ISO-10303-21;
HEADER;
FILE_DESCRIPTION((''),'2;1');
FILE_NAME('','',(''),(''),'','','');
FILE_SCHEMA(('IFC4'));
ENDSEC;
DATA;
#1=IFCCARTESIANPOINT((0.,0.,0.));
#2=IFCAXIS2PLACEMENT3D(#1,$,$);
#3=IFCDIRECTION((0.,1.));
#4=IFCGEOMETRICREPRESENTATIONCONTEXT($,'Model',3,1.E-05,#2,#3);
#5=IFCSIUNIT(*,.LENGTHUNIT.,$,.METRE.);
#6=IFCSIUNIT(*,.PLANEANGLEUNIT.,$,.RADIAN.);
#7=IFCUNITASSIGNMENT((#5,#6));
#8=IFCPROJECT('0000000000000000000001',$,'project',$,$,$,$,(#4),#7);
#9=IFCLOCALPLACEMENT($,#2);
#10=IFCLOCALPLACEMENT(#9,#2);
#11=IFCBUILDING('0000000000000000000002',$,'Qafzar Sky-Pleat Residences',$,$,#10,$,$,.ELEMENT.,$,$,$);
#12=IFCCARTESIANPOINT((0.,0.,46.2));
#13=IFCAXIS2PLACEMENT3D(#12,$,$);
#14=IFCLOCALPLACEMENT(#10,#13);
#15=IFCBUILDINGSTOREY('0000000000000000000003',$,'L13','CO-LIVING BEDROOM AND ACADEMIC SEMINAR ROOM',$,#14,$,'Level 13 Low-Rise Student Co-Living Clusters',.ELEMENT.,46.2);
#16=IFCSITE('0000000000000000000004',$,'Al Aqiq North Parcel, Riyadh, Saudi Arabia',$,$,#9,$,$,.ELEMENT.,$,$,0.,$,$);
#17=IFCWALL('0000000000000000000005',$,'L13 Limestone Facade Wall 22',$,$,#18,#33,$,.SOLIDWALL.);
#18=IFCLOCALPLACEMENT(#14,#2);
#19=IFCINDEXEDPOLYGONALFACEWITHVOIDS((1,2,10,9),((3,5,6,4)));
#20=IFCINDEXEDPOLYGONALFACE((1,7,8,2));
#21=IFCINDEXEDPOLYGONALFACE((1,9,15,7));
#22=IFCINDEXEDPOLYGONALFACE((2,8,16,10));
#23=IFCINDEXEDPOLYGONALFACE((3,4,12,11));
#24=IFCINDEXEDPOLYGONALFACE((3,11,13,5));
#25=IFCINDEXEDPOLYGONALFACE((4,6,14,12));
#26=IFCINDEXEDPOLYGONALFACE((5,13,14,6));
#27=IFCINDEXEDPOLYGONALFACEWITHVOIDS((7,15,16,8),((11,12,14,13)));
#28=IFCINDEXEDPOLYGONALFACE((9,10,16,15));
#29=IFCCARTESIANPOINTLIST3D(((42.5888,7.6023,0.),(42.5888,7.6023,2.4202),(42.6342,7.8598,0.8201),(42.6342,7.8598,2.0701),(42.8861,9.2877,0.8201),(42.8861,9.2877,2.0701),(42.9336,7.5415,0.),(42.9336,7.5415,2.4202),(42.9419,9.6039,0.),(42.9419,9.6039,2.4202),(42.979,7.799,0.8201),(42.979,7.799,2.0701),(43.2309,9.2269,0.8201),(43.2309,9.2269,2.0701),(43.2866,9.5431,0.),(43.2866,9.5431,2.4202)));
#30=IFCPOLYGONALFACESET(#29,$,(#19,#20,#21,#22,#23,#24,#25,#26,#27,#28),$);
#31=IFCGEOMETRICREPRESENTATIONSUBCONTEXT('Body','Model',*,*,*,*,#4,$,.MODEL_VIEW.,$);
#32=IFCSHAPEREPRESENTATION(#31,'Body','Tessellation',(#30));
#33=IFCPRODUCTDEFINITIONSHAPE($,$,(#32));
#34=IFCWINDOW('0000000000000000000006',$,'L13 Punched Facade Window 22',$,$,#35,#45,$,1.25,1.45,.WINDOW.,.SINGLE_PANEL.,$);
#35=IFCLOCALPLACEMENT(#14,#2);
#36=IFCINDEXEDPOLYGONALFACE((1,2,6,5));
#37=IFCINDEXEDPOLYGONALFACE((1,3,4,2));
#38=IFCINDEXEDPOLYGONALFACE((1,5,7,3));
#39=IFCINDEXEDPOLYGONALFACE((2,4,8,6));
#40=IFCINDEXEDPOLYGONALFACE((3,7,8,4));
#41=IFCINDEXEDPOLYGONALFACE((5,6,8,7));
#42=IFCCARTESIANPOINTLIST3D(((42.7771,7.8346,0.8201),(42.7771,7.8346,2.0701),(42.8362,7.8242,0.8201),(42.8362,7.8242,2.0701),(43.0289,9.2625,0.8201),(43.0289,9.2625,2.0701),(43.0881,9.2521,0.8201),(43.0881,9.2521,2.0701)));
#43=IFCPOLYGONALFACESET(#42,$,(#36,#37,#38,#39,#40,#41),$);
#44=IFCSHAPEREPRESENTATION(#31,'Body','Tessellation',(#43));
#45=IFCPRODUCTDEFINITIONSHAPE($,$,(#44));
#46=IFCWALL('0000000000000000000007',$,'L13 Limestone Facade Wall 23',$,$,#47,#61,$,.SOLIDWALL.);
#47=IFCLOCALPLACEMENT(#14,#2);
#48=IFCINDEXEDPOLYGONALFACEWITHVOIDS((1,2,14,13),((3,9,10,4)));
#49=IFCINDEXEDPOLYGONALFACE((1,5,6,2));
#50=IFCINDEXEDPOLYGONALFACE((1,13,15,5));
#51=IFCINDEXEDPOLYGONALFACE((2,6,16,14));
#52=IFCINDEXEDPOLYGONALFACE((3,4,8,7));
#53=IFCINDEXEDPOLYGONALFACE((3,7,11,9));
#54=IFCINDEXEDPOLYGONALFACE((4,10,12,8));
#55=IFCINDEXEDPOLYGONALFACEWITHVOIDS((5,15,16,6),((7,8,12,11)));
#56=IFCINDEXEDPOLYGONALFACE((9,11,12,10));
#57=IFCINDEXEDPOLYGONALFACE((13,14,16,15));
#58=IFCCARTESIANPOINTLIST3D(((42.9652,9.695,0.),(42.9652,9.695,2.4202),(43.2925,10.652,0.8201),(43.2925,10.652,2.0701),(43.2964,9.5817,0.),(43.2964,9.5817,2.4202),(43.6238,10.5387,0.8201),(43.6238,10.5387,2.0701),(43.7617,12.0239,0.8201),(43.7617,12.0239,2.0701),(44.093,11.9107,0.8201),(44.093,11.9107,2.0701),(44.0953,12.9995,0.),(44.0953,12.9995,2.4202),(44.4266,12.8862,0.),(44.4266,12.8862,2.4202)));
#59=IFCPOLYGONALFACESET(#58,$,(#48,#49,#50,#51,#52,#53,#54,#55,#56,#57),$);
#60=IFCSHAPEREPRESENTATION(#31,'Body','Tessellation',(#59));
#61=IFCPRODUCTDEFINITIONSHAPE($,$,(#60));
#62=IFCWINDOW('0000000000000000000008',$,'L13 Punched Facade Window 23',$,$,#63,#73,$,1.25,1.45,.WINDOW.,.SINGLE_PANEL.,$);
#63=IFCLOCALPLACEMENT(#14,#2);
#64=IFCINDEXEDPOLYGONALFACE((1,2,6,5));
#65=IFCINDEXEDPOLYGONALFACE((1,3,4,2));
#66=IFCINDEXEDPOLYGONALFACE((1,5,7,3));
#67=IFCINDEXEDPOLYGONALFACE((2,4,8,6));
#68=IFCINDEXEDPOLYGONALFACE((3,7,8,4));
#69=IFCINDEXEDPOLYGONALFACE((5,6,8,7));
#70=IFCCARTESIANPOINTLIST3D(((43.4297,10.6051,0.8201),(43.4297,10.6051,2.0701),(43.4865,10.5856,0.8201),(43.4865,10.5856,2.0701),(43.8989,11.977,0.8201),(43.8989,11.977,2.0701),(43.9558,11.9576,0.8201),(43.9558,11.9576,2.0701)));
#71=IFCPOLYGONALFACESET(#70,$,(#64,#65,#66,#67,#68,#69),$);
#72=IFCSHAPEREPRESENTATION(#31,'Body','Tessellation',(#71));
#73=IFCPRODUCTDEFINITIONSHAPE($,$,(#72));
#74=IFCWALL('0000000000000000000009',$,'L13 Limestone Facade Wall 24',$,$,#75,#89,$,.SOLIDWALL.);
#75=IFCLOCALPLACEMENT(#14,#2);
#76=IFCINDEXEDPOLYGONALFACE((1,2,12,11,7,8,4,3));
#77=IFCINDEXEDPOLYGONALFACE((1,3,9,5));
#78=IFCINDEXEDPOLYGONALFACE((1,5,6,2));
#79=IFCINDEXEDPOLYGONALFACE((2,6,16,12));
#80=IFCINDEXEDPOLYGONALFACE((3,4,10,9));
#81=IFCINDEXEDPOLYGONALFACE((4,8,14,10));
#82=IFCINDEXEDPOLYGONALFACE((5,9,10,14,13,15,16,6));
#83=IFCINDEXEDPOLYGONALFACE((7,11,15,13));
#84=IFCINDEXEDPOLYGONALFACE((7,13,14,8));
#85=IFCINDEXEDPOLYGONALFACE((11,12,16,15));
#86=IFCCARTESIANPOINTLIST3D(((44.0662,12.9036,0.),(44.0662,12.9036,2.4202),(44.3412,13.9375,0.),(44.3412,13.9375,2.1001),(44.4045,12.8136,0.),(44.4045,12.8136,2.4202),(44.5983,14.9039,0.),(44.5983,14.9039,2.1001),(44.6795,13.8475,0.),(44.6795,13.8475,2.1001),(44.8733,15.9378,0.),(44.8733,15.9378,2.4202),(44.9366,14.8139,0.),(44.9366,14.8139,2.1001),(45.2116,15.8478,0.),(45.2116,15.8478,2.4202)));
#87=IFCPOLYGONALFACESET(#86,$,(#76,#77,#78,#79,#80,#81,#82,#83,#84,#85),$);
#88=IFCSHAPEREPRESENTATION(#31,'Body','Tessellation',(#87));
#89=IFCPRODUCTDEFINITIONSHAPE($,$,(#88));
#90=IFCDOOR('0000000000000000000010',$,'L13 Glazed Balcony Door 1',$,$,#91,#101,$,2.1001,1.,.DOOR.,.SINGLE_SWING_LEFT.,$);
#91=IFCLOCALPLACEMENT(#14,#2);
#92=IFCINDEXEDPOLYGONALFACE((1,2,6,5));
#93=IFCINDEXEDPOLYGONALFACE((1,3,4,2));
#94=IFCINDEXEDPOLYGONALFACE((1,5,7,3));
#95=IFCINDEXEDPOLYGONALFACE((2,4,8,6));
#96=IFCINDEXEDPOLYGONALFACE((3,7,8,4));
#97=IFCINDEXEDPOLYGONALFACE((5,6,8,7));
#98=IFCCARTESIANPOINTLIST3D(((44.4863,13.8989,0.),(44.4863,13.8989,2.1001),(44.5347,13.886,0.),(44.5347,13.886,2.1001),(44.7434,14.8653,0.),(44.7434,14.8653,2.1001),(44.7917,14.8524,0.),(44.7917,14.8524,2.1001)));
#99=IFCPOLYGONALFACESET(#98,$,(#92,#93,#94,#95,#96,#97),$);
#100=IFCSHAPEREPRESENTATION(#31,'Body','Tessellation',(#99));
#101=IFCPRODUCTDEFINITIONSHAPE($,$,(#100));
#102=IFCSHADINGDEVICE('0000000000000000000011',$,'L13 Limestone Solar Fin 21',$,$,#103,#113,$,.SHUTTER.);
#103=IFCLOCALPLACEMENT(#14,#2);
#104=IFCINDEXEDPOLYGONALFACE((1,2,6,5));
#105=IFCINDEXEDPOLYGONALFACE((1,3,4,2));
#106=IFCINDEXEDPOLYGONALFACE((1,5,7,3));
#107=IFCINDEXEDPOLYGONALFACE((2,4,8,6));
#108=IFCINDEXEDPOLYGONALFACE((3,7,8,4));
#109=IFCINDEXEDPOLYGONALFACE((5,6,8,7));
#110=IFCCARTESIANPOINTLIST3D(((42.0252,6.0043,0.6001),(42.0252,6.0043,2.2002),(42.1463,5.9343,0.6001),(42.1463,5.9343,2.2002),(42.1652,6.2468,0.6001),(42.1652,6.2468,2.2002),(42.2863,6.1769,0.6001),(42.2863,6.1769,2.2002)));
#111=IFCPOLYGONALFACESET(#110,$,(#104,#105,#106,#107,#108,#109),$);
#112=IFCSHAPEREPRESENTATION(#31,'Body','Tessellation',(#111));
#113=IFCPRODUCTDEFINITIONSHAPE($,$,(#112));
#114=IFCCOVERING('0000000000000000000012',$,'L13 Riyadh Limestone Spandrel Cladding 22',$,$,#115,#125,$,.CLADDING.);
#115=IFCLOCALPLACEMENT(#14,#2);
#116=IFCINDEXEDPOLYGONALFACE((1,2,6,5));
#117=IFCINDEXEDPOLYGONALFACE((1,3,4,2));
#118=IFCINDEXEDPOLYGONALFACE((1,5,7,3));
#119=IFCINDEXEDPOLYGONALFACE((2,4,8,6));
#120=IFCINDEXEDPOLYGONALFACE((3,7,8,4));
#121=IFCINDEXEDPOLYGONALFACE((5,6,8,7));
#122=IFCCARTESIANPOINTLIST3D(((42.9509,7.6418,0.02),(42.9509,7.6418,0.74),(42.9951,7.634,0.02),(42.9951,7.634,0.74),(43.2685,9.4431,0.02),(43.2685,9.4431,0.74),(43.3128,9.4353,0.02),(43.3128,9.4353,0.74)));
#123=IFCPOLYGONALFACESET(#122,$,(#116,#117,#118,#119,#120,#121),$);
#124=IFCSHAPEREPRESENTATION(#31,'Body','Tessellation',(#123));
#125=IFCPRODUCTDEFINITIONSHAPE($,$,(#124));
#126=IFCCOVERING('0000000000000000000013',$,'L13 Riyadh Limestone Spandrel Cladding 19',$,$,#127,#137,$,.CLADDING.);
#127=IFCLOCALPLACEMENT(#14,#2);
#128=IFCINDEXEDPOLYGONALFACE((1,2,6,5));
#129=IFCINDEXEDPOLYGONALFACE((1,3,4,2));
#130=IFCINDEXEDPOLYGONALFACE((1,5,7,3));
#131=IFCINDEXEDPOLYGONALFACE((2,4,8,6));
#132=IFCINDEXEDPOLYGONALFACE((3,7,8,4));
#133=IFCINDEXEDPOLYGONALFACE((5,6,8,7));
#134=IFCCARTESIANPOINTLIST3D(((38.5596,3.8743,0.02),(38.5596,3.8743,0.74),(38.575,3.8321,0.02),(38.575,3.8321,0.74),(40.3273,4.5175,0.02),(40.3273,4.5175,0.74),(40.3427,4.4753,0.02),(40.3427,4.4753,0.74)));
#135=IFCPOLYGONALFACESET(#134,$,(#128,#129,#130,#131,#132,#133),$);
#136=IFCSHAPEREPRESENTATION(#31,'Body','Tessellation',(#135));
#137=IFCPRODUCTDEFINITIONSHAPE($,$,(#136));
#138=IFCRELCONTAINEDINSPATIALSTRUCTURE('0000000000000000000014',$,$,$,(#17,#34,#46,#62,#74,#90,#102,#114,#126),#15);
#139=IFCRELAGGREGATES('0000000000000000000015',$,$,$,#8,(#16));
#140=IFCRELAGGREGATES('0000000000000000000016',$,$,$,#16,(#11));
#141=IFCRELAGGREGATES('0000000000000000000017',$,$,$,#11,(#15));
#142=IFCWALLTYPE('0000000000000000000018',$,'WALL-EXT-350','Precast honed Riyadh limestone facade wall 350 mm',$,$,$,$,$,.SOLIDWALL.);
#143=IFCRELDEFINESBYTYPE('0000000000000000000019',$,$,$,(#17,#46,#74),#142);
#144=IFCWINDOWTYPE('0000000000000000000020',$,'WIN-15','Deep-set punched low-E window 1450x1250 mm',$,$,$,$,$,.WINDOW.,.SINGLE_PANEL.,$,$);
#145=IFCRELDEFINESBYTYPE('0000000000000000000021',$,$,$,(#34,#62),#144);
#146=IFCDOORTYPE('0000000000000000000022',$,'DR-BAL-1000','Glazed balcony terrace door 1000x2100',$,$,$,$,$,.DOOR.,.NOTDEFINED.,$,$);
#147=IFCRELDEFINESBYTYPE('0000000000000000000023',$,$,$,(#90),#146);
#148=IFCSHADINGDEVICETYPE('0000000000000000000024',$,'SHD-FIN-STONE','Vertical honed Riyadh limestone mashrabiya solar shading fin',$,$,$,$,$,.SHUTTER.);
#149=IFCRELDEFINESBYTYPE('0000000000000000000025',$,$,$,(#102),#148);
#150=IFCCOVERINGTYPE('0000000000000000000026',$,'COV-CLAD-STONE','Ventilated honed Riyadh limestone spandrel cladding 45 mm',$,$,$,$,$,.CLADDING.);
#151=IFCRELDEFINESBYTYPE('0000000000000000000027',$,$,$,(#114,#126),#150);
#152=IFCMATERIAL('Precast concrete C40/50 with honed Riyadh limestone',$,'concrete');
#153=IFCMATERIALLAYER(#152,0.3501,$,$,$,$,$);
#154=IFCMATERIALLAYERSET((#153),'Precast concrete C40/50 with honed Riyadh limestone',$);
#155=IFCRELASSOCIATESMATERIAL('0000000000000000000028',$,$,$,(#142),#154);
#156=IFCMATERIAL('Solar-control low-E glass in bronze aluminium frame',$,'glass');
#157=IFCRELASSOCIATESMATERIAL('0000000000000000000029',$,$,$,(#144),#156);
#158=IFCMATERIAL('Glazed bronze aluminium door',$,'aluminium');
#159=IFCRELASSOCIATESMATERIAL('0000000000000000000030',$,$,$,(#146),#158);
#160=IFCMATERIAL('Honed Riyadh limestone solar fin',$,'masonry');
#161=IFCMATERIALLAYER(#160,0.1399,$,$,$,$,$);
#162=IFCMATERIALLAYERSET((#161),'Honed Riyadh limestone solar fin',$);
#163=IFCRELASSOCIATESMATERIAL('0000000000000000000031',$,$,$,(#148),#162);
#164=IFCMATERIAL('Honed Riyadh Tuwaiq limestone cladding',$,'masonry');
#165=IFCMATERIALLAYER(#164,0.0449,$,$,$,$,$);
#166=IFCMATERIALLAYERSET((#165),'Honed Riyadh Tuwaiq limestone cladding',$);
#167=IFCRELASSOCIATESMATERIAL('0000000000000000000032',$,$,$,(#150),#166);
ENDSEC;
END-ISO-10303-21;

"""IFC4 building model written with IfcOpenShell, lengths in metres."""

from ifc_helpers import new_model, si_unit, direction, frame, frame_2d, origin, origin_2d, place, context, subcontext, project, spatial, rectangle, extrude, source, transform, mapped, material, layer, layer_set, type_object, element, fill, save


model = new_model("IFC4")

# Units and contexts
model_context = context("Model", 3, precision=1e-05, world=origin(), true_north=direction((0.0, 1.0)))
body_context = subcontext(model_context, "Body", "Model", "MODEL_VIEW")
ifc_project = project(units=[si_unit("LENGTHUNIT", "METRE"), si_unit("PLANEANGLEUNIT", "RADIAN")], contexts=[model_context])

# Site, building, storey
site_placement = place(None, origin())
site = spatial("IfcSite", under=ifc_project, at=site_placement, Name="Al Aqiq North Parcel, Riyadh, Saudi Arabia", CompositionType="ELEMENT", RefElevation=0.0)
building_placement = place(site_placement, origin())
building = spatial("IfcBuilding", under=site, at=building_placement, Name="Qafzar Sky-Pleat Residences", CompositionType="ELEMENT")
storey_placement = place(building_placement, frame((0.0, 0.0, 46.2)))
storey = spatial("IfcBuildingStorey", under=building, at=storey_placement, Name="L13", Description="CO-LIVING BEDROOM AND ACADEMIC SEMINAR ROOM", LongName="Level 13 Low-Rise Student Co-Living Clusters", CompositionType="ELEMENT", Elevation=46.2)

# Shared definitions
ifc_material_1 = material(Name="Precast concrete C40/50 with honed Riyadh limestone", Category="concrete")
ifc_layer_1 = layer(ifc_material_1, 0.3501)
ifc_layer_set_1 = layer_set([ifc_layer_1], Name="Precast concrete C40/50 with honed Riyadh limestone")
wall_type_1 = type_object("IfcWallType", Name="WALL-EXT-350", Description="Precast honed Riyadh limestone facade wall 350 mm", PredefinedType="SOLIDWALL", material=ifc_layer_set_1)

# Walls, openings, windows
ifc_material_2 = material(Name="Solar-control low-E glass in bronze aluminium frame", Category="glass")
window_type_1 = type_object("IfcWindowType", Name="WIN-15", Description="Deep-set punched low-E window 1450x1250 mm", PartitioningType="SINGLE_PANEL", PredefinedType="WINDOW", material=ifc_material_2)
shared_shape_1 = source(origin(), body_context, "Body", "SweptSolid", [
    extrude(rectangle(XDim=1.45, YDim=1.25, at=frame_2d((0.7251, 0.625))), frame((0.0, 0.03, 0.0), z_axis=(0.0, -1.0, 0.0), x_axis=(1.0, 0.0, 0.0)), (0.0, 0.0, 1.0), 0.0601),
])
wall_1_placement = place(storey_placement, frame((42.7612, 7.572, 0.0), z_axis=(0.0, 0.0, 1.0), x_axis=(0.173703, 0.984798, 0.0)))
wall_1 = element("IfcWall", 1, at=wall_1_placement, inside=storey, type_object=wall_type_1, Name="L13 Limestone Facade Wall 22", PredefinedType="SOLIDWALL", context=body_context, shape_type="SweptSolid", body=[
    extrude(rectangle(XDim=2.0325, YDim=0.3501, at=frame_2d((1.0161, 0.0))), origin(), (0.0, 0.0, 1.0), 2.4202),
])
opening_1_placement = place(wall_1_placement, frame((0.2612, 0.0, 0.8201)))
opening_1 = element("IfcOpeningElement", 2, at=opening_1_placement, cuts=wall_1, PredefinedType="OPENING", context=body_context, shape_type="SweptSolid", body=[
    extrude(rectangle(XDim=1.45, YDim=1.25, at=frame_2d((0.7251, 0.625))), frame((0.0, 0.1851, 0.0), z_axis=(0.0, -1.0, 0.0), x_axis=(1.0, 0.0, 0.0)), (0.0, 0.0, 1.0), 0.3701),
])
window_1_placement = place(opening_1_placement, origin())
window_1 = element("IfcWindow", 3, at=window_1_placement, inside=storey, type_object=window_type_1, Name="L13 Punched Facade Window 22", OverallHeight=1.25, OverallWidth=1.45, PartitioningType="SINGLE_PANEL", PredefinedType="WINDOW", context=body_context, shape_type="MappedRepresentation", body=[
    mapped(shared_shape_1, transform((0.0, 0.0, 0.0), x_axis=(1.0, 0.0, 0.0), y_axis=(0.0, 1.0, 0.0), z_axis=(0.0, 0.0, 1.0), scale=1.0)),
])
fill(opening_1, window_1)
wall_2_placement = place(storey_placement, frame((43.1309, 9.6384, 0.0), z_axis=(0.0, 0.0, 1.0), x_axis=(0.3236, 0.946194, 0.0)))
wall_2 = element("IfcWall", 4, at=wall_2_placement, inside=storey, type_object=wall_type_1, Name="L13 Limestone Facade Wall 23", PredefinedType="SOLIDWALL", context=body_context, shape_type="SweptSolid", body=[
    extrude(rectangle(XDim=3.4924, YDim=0.3501, at=frame_2d((1.7461, 0.0))), origin(), (0.0, 0.0, 1.0), 2.4202),
])
opening_2_placement = place(wall_2_placement, frame((1.0112, 0.0, 0.8201)))
opening_2 = element("IfcOpeningElement", 5, at=opening_2_placement, cuts=wall_2, PredefinedType="OPENING", context=body_context, shape_type="SweptSolid", body=[
    extrude(rectangle(XDim=1.45, YDim=1.25, at=frame_2d((0.7251, 0.625))), frame((0.0, 0.1851, 0.0), z_axis=(0.0, -1.0, 0.0), x_axis=(1.0, 0.0, 0.0)), (0.0, 0.0, 1.0), 0.3701),
])
window_2_placement = place(opening_2_placement, origin())
window_2 = element("IfcWindow", 6, at=window_2_placement, inside=storey, type_object=window_type_1, Name="L13 Punched Facade Window 23", OverallHeight=1.25, OverallWidth=1.45, PartitioningType="SINGLE_PANEL", PredefinedType="WINDOW", context=body_context, shape_type="MappedRepresentation", body=[
    mapped(shared_shape_1, transform((0.0, 0.0, 0.0), x_axis=(1.0, 0.0, 0.0), y_axis=(0.0, 1.0, 0.0), z_axis=(0.0, 0.0, 1.0), scale=1.0)),
])
fill(opening_2, window_2)

# Wall, opening, door
wall_3_placement = place(storey_placement, frame((44.2354, 12.8586, 0.0), z_axis=(0.0, 0.0, 1.0), x_axis=(0.257072, 0.966392, 0.0)))
wall_3 = element("IfcWall", 7, at=wall_3_placement, inside=storey, type_object=wall_type_1, Name="L13 Limestone Facade Wall 24", PredefinedType="SOLIDWALL", context=body_context, shape_type="SweptSolid", body=[
    extrude(rectangle(XDim=3.1396, YDim=0.3501, at=frame_2d((1.5698, 0.0))), origin(), (0.0, 0.0, 1.0), 2.4202),
])
opening_3_placement = place(wall_3_placement, frame((1.0698, 0.0, 0.0)))
opening_3 = element("IfcOpeningElement", 8, at=opening_3_placement, cuts=wall_3, PredefinedType="OPENING", context=body_context, shape_type="SweptSolid", body=[
    extrude(rectangle(XDim=1.0, YDim=2.1001, at=frame_2d((0.5, 1.05))), frame((0.0, 0.1851, 0.0), z_axis=(0.0, -1.0, 0.0), x_axis=(1.0, 0.0, 0.0)), (0.0, 0.0, 1.0), 0.3701),
])
ifc_material_3 = material(Name="Glazed bronze aluminium door", Category="aluminium")
door_type_1 = type_object("IfcDoorType", Name="DR-BAL-1000", Description="Glazed balcony terrace door 1000x2100", OperationType="NOTDEFINED", PredefinedType="DOOR", material=ifc_material_3)
shared_shape_2 = source(origin(), body_context, "Body", "SweptSolid", [
    extrude(rectangle(XDim=1.0, YDim=2.1001, at=frame_2d((0.5, 1.05))), frame((0.0, 0.0249, 0.0), z_axis=(0.0, -1.0, 0.0), x_axis=(1.0, 0.0, 0.0)), (0.0, 0.0, 1.0), 0.05),
])
door_1_placement = place(opening_3_placement, origin())
door_1 = element("IfcDoor", 9, at=door_1_placement, inside=storey, type_object=door_type_1, Name="L13 Glazed Balcony Door 1", OperationType="SINGLE_SWING_LEFT", OverallHeight=2.1001, OverallWidth=1.0, PredefinedType="DOOR", context=body_context, shape_type="MappedRepresentation", body=[
    mapped(shared_shape_2, transform((0.0, 0.0, 0.0), x_axis=(1.0, 0.0, 0.0), y_axis=(0.0, 1.0, 0.0), z_axis=(0.0, 0.0, 1.0), scale=1.0)),
])
fill(opening_3, door_1)

# Shading device
ifc_material_4 = material(Name="Honed Riyadh limestone solar fin", Category="masonry")
ifc_layer_2 = layer(ifc_material_4, 0.1399)
ifc_layer_set_2 = layer_set([ifc_layer_2], Name="Honed Riyadh limestone solar fin")
shading_device_type = type_object("IfcShadingDeviceType", Name="SHD-FIN-STONE", Description="Vertical honed Riyadh limestone mashrabiya solar shading fin", PredefinedType="SHUTTER", material=ifc_layer_set_2)
shared_shape_3 = source(origin(), body_context, "Body", "SweptSolid", [
    extrude(rectangle(XDim=0.1399, YDim=0.28, at=origin_2d()), origin(), (0.0, 0.0, 1.0), 1.6001),
])
shading_device_placement = place(storey_placement, frame((42.1558, 6.0906, 0.6001), z_axis=(0.0, 0.0, 1.0), x_axis=(0.866032, -0.499989, 0.0)))
element("IfcShadingDevice", 10, at=shading_device_placement, inside=storey, type_object=shading_device_type, Name="L13 Limestone Solar Fin 21", PredefinedType="SHUTTER", context=body_context, shape_type="MappedRepresentation", body=[
    mapped(shared_shape_3, transform((0.0, 0.0, 0.0), x_axis=(1.0, 0.0, 0.0), y_axis=(0.0, 1.0, 0.0), z_axis=(0.0, 0.0, 1.0), scale=1.0)),
])

# Coverings
ifc_material_5 = material(Name="Honed Riyadh Tuwaiq limestone cladding", Category="masonry")
ifc_layer_3 = layer(ifc_material_5, 0.0449)
ifc_layer_set_3 = layer_set([ifc_layer_3], Name="Honed Riyadh Tuwaiq limestone cladding")
covering_type = type_object("IfcCoveringType", Name="COV-CLAD-STONE", Description="Ventilated honed Riyadh limestone spandrel cladding 45 mm", PredefinedType="CLADDING", material=ifc_layer_set_3)
shared_shape_4 = source(origin(), body_context, "Body", "SweptSolid", [
    extrude(rectangle(XDim=1.8291, YDim=0.0449, at=origin_2d()), origin(), (0.0, 0.0, 1.0), 0.72),
])
covering_1_placement = place(storey_placement, frame((43.1318, 8.5386, 0.02), z_axis=(0.0, 0.0, 1.0), x_axis=(0.173648, 0.984808, 0.0)))
element("IfcCovering", 11, at=covering_1_placement, inside=storey, type_object=covering_type, Name="L13 Riyadh Limestone Spandrel Cladding 22", PredefinedType="CLADDING", context=body_context, shape_type="MappedRepresentation", body=[
    mapped(shared_shape_4, transform((0.0, 0.0, 0.0), x_axis=(1.0, 0.0, 0.0), y_axis=(0.0, 1.0, 0.0), z_axis=(0.0, 0.0, 1.0), scale=1.0)),
])
shared_shape_5 = source(origin(), body_context, "Body", "SweptSolid", [
    extrude(rectangle(XDim=1.8811, YDim=0.0449, at=origin_2d()), origin(), (0.0, 0.0, 1.0), 0.72),
])
covering_2_placement = place(storey_placement, frame((39.4512, 4.1748, 0.02), z_axis=(0.0, 0.0, 1.0), x_axis=(0.939715, 0.341958, 0.0)))
element("IfcCovering", 12, at=covering_2_placement, inside=storey, type_object=covering_type, Name="L13 Riyadh Limestone Spandrel Cladding 19", PredefinedType="CLADDING", context=body_context, shape_type="MappedRepresentation", body=[
    mapped(shared_shape_5, transform((0.0, 0.0, 0.0), x_axis=(1.0, 0.0, 0.0), y_axis=(0.0, 1.0, 0.0), z_axis=(0.0, 0.0, 1.0), scale=1.0)),
])

save(model, "model.ifc")
